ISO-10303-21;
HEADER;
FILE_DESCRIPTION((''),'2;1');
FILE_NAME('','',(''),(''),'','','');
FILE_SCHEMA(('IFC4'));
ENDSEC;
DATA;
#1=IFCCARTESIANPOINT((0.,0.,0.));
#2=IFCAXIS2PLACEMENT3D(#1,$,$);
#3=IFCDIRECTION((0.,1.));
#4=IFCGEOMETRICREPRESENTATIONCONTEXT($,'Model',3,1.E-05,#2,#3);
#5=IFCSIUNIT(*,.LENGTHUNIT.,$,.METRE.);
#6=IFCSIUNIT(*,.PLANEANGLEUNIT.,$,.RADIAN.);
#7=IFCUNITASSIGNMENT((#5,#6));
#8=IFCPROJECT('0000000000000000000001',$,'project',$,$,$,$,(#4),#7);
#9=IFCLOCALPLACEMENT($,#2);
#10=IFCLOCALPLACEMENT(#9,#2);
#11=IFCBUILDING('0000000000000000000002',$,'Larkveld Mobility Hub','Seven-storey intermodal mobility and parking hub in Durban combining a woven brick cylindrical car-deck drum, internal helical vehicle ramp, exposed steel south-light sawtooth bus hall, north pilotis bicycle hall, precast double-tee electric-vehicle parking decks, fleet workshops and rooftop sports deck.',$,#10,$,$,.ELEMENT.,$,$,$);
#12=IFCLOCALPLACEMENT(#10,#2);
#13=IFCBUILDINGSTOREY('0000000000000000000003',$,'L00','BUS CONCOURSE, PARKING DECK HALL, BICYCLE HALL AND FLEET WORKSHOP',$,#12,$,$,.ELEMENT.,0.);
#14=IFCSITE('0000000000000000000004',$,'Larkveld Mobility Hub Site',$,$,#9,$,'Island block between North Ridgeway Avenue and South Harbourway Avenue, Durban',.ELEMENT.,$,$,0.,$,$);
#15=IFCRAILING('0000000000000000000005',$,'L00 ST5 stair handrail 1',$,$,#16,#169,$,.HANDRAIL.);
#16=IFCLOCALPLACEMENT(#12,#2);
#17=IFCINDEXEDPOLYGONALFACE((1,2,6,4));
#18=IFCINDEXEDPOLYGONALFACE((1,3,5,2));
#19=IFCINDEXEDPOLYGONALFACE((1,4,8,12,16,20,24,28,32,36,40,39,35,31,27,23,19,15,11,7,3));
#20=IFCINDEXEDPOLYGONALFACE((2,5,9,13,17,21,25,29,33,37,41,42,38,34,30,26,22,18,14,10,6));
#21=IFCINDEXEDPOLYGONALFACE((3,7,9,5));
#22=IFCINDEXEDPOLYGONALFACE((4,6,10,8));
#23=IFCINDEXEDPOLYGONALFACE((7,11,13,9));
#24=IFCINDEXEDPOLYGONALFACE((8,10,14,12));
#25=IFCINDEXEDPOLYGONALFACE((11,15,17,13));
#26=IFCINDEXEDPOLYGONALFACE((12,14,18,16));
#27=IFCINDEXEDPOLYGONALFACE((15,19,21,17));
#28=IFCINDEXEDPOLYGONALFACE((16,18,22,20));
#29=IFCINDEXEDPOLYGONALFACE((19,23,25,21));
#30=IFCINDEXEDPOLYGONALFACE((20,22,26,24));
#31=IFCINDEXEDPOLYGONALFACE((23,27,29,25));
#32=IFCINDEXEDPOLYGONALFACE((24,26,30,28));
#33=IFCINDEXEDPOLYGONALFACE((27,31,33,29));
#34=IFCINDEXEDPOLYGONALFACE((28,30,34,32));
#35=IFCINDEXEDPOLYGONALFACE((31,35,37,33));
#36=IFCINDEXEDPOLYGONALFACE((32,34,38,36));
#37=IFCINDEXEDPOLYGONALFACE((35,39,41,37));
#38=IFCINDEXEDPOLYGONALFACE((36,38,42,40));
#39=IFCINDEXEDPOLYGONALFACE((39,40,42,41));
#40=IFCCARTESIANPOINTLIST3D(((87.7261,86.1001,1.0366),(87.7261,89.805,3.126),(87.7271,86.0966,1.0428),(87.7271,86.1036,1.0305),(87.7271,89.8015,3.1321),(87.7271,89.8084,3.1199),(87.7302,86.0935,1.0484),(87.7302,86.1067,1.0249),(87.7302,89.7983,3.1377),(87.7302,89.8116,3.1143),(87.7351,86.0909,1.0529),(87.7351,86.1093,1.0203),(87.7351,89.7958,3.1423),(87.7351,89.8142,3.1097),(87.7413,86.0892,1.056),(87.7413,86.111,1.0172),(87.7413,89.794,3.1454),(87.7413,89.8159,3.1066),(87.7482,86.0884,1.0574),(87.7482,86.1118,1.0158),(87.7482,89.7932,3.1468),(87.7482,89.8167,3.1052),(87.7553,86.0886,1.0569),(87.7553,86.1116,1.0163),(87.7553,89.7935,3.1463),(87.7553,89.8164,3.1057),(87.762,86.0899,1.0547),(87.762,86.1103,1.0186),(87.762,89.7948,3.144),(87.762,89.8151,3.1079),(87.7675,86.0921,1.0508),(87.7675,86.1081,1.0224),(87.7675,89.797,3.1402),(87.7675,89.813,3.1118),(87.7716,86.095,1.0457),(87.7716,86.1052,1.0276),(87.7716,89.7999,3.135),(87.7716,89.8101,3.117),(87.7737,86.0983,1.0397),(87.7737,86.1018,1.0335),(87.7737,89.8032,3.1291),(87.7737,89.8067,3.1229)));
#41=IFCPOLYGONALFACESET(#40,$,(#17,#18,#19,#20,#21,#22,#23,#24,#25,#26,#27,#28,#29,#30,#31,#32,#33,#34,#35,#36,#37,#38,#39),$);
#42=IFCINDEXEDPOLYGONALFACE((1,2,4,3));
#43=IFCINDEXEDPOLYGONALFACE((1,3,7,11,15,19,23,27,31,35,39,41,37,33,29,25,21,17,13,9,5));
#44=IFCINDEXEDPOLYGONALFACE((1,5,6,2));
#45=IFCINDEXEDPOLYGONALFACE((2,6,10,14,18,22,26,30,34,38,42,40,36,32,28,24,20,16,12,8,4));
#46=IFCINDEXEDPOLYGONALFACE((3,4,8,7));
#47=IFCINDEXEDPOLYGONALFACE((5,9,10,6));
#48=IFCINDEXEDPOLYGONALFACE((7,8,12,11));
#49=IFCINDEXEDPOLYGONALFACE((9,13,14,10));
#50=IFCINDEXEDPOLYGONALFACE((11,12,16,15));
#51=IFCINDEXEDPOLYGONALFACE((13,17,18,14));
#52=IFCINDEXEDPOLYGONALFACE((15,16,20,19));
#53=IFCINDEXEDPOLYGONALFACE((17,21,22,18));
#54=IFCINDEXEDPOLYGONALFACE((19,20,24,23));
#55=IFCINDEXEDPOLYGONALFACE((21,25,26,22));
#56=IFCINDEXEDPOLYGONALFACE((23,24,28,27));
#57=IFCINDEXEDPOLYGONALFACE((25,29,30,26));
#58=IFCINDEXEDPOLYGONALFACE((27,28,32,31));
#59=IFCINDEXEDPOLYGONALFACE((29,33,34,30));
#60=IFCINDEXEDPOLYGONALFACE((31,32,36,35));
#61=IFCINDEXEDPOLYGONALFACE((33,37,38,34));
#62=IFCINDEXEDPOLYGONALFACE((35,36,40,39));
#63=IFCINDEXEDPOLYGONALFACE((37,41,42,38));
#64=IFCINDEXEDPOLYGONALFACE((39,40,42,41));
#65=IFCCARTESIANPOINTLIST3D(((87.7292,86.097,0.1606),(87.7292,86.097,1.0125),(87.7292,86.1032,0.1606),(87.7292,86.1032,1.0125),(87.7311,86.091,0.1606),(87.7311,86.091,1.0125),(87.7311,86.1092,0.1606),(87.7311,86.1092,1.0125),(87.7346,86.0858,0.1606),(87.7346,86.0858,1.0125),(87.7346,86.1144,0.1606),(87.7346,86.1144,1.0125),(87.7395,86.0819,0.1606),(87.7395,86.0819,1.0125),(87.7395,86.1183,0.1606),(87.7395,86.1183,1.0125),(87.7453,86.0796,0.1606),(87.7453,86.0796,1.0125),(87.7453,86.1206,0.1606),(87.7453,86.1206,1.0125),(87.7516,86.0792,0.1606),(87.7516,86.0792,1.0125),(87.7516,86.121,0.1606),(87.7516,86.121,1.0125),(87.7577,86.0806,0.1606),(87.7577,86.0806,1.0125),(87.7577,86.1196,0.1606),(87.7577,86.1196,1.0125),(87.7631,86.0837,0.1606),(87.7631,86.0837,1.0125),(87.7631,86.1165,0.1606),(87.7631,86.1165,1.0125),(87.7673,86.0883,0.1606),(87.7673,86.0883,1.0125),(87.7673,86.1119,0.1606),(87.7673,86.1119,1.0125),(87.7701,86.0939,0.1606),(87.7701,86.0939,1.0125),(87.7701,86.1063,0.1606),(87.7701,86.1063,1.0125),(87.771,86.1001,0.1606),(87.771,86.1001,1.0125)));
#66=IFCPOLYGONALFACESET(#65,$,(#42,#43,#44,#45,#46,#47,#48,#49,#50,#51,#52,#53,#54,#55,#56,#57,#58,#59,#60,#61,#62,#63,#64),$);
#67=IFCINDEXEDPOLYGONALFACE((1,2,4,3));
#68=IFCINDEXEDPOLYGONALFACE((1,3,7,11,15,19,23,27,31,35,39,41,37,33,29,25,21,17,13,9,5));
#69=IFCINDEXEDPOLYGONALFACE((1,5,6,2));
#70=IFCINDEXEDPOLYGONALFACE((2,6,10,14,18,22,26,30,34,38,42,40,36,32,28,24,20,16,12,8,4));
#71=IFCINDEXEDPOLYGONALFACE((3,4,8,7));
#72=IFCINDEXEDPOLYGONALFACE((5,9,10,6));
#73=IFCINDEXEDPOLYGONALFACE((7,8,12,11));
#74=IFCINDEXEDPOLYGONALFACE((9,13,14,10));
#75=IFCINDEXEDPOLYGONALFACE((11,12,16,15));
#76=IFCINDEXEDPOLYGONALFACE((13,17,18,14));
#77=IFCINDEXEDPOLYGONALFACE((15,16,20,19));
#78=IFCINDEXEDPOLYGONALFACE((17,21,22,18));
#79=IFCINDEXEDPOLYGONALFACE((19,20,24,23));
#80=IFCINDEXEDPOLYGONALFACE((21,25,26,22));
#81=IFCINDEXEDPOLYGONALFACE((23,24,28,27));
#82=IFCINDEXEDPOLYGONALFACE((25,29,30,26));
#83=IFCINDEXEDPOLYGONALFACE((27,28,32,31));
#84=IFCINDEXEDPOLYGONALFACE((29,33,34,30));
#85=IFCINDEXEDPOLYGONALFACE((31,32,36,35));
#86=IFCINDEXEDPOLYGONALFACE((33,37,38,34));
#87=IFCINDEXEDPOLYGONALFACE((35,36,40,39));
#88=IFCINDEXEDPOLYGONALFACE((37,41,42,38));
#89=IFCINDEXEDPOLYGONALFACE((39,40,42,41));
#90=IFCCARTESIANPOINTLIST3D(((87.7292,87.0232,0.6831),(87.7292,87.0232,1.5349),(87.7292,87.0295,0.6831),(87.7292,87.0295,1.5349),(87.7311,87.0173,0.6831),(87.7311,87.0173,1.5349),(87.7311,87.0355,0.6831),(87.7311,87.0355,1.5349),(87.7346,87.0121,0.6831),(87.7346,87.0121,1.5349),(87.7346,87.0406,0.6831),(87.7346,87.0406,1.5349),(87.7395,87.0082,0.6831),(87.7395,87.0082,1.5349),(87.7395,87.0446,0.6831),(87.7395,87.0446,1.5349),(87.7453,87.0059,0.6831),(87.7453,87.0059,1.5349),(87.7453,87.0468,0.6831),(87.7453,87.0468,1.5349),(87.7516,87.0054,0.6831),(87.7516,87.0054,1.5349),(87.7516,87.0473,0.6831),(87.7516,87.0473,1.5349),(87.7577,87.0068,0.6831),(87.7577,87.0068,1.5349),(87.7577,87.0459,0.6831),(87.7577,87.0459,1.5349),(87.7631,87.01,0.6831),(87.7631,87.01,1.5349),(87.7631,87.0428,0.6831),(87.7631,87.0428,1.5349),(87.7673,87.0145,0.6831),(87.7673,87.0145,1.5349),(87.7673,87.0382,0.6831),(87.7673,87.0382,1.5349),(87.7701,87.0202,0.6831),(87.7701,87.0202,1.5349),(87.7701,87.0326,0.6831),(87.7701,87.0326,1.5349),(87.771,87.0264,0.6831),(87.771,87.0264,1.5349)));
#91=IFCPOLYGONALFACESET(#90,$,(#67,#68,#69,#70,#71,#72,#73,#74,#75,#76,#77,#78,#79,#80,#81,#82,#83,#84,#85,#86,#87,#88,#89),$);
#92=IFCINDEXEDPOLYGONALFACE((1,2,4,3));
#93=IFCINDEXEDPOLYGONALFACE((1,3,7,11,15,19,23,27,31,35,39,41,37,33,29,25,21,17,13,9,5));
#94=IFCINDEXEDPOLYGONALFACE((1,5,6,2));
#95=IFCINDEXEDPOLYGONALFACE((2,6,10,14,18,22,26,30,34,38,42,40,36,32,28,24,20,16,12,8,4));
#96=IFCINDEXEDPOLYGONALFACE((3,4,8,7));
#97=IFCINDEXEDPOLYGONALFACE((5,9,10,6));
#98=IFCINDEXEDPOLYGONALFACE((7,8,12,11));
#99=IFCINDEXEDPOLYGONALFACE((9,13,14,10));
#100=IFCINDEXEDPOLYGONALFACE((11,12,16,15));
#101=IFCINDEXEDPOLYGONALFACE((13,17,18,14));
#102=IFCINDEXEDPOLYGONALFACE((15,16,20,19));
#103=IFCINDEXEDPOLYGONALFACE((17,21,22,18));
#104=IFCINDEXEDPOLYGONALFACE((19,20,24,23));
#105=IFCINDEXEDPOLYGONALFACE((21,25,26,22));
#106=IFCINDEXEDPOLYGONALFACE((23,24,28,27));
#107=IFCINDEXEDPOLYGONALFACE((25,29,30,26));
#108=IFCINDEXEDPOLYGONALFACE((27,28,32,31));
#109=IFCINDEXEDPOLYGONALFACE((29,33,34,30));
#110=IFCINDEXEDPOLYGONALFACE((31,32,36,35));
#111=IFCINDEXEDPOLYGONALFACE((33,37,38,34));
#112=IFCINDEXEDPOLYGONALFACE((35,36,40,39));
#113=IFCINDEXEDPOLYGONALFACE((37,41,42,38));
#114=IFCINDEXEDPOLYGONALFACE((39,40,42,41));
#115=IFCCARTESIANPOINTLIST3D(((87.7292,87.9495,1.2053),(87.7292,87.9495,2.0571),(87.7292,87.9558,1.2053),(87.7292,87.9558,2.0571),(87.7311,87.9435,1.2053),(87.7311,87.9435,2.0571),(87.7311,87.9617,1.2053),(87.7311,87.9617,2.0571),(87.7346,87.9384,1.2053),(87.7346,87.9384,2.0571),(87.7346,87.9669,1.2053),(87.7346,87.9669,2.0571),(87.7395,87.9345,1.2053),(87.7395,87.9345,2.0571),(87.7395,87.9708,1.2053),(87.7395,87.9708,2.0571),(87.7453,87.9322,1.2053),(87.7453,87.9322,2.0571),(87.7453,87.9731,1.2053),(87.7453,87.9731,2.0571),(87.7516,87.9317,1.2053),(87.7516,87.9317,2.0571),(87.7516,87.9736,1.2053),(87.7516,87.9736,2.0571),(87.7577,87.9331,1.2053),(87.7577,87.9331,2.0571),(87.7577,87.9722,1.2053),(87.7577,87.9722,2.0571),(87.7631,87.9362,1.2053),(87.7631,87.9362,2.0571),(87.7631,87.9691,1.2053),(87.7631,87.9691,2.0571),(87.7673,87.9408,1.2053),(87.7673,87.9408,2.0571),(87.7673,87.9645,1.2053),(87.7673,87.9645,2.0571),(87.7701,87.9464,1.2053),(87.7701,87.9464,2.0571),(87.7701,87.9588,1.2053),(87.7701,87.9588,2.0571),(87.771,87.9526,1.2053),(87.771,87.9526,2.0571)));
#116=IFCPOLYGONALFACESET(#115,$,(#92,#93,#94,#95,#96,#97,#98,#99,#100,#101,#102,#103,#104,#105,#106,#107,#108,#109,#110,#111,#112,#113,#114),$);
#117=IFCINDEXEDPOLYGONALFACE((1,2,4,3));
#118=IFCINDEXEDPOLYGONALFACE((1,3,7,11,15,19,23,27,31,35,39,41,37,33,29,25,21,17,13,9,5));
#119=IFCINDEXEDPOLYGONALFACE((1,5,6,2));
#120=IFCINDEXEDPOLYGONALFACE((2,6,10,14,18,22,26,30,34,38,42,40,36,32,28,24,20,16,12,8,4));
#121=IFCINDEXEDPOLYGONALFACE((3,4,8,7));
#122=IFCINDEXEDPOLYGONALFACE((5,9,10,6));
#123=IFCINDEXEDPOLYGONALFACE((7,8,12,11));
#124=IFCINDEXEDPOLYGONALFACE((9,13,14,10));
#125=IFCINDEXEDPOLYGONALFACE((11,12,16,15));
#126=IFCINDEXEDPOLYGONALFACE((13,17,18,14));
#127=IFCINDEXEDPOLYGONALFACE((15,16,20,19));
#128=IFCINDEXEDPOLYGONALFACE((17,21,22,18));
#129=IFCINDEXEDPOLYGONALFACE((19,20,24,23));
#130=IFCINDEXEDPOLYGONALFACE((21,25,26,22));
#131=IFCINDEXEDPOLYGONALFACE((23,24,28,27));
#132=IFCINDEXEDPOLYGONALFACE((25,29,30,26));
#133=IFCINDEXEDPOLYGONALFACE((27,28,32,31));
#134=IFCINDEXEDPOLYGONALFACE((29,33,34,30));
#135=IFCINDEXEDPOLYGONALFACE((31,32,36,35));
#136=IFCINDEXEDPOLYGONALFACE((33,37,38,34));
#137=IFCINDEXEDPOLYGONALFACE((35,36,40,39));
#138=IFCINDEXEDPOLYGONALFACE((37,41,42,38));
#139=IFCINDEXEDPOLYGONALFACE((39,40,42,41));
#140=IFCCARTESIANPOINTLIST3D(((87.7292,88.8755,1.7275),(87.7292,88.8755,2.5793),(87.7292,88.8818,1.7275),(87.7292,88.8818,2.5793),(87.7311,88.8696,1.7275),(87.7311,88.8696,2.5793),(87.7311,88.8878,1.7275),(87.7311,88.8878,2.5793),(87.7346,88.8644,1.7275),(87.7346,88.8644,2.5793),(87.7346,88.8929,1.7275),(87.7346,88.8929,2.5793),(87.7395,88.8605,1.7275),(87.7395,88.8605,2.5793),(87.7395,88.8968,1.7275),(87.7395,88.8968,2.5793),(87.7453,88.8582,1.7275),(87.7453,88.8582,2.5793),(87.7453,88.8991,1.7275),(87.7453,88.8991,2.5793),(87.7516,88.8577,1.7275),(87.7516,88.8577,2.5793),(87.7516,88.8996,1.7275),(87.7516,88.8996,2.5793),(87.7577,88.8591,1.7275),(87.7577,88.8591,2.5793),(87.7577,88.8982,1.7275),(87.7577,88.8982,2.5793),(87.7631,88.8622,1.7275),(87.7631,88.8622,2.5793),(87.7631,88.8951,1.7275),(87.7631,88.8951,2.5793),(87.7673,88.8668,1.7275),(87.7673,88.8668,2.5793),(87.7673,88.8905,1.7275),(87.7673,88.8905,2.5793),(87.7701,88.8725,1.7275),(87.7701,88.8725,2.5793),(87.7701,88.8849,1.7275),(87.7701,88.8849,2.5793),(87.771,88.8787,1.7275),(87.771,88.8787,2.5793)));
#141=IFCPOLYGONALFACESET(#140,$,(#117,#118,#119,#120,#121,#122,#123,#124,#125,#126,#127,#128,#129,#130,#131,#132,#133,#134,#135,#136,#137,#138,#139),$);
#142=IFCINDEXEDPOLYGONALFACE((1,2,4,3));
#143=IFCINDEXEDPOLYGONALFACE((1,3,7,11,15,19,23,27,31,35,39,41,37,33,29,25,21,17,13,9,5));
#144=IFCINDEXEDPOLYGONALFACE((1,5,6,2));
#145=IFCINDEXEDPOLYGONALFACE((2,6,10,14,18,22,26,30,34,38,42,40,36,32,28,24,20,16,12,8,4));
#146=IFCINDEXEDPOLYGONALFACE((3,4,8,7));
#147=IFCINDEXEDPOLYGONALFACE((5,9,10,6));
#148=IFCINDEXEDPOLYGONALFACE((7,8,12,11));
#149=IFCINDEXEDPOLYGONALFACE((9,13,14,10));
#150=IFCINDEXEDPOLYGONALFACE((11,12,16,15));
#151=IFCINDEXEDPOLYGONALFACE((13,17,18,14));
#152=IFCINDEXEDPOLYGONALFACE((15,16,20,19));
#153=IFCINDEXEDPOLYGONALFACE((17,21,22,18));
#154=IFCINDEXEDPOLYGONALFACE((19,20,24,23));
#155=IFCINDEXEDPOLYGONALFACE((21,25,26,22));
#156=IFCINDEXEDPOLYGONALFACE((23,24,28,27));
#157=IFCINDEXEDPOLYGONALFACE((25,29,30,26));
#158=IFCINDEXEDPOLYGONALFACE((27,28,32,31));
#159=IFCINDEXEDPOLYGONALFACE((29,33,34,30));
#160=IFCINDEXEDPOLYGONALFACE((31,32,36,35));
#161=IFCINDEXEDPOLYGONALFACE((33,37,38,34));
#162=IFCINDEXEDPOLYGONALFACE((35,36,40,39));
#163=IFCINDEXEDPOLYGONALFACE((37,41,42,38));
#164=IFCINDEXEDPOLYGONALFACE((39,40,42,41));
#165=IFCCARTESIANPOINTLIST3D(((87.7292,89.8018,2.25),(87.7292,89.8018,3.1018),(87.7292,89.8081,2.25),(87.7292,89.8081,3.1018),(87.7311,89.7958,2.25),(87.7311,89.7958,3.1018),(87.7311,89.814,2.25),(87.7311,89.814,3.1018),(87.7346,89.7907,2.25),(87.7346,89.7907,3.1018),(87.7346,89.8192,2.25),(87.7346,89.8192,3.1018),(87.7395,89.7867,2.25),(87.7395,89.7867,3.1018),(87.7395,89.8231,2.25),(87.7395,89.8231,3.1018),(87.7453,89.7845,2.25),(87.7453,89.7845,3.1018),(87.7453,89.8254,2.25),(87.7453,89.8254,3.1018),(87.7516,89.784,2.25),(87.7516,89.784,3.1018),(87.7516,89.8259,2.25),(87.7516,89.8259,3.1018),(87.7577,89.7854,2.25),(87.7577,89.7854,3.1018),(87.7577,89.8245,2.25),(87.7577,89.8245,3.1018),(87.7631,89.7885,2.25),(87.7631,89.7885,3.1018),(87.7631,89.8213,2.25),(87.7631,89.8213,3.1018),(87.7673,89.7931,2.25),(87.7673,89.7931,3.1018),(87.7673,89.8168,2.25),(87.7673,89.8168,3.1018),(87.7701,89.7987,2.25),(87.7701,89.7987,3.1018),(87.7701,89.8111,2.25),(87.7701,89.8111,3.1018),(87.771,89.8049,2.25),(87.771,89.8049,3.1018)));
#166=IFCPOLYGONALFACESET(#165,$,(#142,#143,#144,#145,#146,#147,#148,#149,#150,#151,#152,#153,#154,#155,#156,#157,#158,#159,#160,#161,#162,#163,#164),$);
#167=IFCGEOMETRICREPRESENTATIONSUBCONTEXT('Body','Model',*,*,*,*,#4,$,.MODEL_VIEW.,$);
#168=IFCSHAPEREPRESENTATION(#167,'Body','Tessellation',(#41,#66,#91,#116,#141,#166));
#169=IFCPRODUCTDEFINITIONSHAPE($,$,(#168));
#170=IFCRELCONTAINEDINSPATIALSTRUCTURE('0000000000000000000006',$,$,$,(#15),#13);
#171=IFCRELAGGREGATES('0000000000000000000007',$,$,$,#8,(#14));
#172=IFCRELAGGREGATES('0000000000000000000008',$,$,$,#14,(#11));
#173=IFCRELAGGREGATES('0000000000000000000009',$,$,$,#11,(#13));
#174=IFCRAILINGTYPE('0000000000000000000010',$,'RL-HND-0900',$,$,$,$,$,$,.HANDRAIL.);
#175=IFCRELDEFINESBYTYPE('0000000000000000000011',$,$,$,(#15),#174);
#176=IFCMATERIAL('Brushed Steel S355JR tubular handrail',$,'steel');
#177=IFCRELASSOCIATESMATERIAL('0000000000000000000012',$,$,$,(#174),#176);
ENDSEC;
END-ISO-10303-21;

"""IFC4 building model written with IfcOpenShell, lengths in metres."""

from ifc_helpers import new_model, si_unit, direction, frame, origin, origin_2d, place, context, subcontext, project, spatial, circle, extrude, material, type_object, element, save


model = new_model("IFC4")

# Units and contexts
model_context = context("Model", 3, precision=1e-05, world=origin(), true_north=direction((0.0, 1.0)))
body_context = subcontext(model_context, "Body", "Model", "MODEL_VIEW")
ifc_project = project(units=[si_unit("LENGTHUNIT", "METRE"), si_unit("PLANEANGLEUNIT", "RADIAN")], contexts=[model_context])

# Site, building, storey
site_placement = place(None, origin())
site = spatial("IfcSite", under=ifc_project, at=site_placement, Name="Larkveld Mobility Hub Site", LongName="Island block between North Ridgeway Avenue and South Harbourway Avenue, Durban", CompositionType="ELEMENT", RefElevation=0.0)
building_placement = place(site_placement, origin())
building = spatial("IfcBuilding", under=site, at=building_placement, Name="Larkveld Mobility Hub", Description="Seven-storey intermodal mobility and parking hub in Durban combining a woven brick cylindrical car-deck drum, internal helical vehicle ramp, exposed steel south-light sawtooth bus hall, north pilotis bicycle hall, precast double-tee electric-vehicle parking decks, fleet workshops and rooftop sports deck.", CompositionType="ELEMENT")
storey_placement = place(building_placement, origin())
storey = spatial("IfcBuildingStorey", under=building, at=storey_placement, Name="L00", Description="BUS CONCOURSE, PARKING DECK HALL, BICYCLE HALL AND FLEET WORKSHOP", CompositionType="ELEMENT", Elevation=0.0)

# Railing
ifc_material_1 = material(Name="Brushed Steel S355JR tubular handrail", Category="steel")
railing_type_1 = type_object("IfcRailingType", Name="RL-HND-0900", PredefinedType="HANDRAIL", material=ifc_material_1)
railing_1_placement = place(storey_placement, frame((87.75, 86.1001, 0.1606)))
element("IfcRailing", 1, at=railing_1_placement, inside=storey, type_object=railing_type_1, Name="L00 ST5 stair handrail 1", PredefinedType="HANDRAIL", context=body_context, shape_type="SweptSolid", body=[
    extrude(circle(Radius=0.0239, at=origin_2d()), frame((0.0, 0.0, 0.876), z_axis=(0.0, 0.871034, 0.491223), x_axis=(-1.0, 0.0, 0.0)), (0.0, 0.0, 1.0), 4.2534),
    extrude(circle(Radius=0.021, at=origin_2d()), origin(), (0.0, 0.0, 1.0), 0.8518),
    extrude(circle(Radius=0.021, at=origin_2d()), frame((0.0, 0.9263, 0.5225)), (0.0, 0.0, 1.0), 0.8518),
    extrude(circle(Radius=0.021, at=origin_2d()), frame((0.0, 1.8525, 1.0447)), (0.0, 0.0, 1.0), 0.8518),
    extrude(circle(Radius=0.021, at=origin_2d()), frame((0.0, 2.7786, 1.5669)), (0.0, 0.0, 1.0), 0.8518),
    extrude(circle(Radius=0.021, at=origin_2d()), frame((0.0, 3.7048, 2.0894)), (0.0, 0.0, 1.0), 0.8518),
])

save(model, "model.ifc")
